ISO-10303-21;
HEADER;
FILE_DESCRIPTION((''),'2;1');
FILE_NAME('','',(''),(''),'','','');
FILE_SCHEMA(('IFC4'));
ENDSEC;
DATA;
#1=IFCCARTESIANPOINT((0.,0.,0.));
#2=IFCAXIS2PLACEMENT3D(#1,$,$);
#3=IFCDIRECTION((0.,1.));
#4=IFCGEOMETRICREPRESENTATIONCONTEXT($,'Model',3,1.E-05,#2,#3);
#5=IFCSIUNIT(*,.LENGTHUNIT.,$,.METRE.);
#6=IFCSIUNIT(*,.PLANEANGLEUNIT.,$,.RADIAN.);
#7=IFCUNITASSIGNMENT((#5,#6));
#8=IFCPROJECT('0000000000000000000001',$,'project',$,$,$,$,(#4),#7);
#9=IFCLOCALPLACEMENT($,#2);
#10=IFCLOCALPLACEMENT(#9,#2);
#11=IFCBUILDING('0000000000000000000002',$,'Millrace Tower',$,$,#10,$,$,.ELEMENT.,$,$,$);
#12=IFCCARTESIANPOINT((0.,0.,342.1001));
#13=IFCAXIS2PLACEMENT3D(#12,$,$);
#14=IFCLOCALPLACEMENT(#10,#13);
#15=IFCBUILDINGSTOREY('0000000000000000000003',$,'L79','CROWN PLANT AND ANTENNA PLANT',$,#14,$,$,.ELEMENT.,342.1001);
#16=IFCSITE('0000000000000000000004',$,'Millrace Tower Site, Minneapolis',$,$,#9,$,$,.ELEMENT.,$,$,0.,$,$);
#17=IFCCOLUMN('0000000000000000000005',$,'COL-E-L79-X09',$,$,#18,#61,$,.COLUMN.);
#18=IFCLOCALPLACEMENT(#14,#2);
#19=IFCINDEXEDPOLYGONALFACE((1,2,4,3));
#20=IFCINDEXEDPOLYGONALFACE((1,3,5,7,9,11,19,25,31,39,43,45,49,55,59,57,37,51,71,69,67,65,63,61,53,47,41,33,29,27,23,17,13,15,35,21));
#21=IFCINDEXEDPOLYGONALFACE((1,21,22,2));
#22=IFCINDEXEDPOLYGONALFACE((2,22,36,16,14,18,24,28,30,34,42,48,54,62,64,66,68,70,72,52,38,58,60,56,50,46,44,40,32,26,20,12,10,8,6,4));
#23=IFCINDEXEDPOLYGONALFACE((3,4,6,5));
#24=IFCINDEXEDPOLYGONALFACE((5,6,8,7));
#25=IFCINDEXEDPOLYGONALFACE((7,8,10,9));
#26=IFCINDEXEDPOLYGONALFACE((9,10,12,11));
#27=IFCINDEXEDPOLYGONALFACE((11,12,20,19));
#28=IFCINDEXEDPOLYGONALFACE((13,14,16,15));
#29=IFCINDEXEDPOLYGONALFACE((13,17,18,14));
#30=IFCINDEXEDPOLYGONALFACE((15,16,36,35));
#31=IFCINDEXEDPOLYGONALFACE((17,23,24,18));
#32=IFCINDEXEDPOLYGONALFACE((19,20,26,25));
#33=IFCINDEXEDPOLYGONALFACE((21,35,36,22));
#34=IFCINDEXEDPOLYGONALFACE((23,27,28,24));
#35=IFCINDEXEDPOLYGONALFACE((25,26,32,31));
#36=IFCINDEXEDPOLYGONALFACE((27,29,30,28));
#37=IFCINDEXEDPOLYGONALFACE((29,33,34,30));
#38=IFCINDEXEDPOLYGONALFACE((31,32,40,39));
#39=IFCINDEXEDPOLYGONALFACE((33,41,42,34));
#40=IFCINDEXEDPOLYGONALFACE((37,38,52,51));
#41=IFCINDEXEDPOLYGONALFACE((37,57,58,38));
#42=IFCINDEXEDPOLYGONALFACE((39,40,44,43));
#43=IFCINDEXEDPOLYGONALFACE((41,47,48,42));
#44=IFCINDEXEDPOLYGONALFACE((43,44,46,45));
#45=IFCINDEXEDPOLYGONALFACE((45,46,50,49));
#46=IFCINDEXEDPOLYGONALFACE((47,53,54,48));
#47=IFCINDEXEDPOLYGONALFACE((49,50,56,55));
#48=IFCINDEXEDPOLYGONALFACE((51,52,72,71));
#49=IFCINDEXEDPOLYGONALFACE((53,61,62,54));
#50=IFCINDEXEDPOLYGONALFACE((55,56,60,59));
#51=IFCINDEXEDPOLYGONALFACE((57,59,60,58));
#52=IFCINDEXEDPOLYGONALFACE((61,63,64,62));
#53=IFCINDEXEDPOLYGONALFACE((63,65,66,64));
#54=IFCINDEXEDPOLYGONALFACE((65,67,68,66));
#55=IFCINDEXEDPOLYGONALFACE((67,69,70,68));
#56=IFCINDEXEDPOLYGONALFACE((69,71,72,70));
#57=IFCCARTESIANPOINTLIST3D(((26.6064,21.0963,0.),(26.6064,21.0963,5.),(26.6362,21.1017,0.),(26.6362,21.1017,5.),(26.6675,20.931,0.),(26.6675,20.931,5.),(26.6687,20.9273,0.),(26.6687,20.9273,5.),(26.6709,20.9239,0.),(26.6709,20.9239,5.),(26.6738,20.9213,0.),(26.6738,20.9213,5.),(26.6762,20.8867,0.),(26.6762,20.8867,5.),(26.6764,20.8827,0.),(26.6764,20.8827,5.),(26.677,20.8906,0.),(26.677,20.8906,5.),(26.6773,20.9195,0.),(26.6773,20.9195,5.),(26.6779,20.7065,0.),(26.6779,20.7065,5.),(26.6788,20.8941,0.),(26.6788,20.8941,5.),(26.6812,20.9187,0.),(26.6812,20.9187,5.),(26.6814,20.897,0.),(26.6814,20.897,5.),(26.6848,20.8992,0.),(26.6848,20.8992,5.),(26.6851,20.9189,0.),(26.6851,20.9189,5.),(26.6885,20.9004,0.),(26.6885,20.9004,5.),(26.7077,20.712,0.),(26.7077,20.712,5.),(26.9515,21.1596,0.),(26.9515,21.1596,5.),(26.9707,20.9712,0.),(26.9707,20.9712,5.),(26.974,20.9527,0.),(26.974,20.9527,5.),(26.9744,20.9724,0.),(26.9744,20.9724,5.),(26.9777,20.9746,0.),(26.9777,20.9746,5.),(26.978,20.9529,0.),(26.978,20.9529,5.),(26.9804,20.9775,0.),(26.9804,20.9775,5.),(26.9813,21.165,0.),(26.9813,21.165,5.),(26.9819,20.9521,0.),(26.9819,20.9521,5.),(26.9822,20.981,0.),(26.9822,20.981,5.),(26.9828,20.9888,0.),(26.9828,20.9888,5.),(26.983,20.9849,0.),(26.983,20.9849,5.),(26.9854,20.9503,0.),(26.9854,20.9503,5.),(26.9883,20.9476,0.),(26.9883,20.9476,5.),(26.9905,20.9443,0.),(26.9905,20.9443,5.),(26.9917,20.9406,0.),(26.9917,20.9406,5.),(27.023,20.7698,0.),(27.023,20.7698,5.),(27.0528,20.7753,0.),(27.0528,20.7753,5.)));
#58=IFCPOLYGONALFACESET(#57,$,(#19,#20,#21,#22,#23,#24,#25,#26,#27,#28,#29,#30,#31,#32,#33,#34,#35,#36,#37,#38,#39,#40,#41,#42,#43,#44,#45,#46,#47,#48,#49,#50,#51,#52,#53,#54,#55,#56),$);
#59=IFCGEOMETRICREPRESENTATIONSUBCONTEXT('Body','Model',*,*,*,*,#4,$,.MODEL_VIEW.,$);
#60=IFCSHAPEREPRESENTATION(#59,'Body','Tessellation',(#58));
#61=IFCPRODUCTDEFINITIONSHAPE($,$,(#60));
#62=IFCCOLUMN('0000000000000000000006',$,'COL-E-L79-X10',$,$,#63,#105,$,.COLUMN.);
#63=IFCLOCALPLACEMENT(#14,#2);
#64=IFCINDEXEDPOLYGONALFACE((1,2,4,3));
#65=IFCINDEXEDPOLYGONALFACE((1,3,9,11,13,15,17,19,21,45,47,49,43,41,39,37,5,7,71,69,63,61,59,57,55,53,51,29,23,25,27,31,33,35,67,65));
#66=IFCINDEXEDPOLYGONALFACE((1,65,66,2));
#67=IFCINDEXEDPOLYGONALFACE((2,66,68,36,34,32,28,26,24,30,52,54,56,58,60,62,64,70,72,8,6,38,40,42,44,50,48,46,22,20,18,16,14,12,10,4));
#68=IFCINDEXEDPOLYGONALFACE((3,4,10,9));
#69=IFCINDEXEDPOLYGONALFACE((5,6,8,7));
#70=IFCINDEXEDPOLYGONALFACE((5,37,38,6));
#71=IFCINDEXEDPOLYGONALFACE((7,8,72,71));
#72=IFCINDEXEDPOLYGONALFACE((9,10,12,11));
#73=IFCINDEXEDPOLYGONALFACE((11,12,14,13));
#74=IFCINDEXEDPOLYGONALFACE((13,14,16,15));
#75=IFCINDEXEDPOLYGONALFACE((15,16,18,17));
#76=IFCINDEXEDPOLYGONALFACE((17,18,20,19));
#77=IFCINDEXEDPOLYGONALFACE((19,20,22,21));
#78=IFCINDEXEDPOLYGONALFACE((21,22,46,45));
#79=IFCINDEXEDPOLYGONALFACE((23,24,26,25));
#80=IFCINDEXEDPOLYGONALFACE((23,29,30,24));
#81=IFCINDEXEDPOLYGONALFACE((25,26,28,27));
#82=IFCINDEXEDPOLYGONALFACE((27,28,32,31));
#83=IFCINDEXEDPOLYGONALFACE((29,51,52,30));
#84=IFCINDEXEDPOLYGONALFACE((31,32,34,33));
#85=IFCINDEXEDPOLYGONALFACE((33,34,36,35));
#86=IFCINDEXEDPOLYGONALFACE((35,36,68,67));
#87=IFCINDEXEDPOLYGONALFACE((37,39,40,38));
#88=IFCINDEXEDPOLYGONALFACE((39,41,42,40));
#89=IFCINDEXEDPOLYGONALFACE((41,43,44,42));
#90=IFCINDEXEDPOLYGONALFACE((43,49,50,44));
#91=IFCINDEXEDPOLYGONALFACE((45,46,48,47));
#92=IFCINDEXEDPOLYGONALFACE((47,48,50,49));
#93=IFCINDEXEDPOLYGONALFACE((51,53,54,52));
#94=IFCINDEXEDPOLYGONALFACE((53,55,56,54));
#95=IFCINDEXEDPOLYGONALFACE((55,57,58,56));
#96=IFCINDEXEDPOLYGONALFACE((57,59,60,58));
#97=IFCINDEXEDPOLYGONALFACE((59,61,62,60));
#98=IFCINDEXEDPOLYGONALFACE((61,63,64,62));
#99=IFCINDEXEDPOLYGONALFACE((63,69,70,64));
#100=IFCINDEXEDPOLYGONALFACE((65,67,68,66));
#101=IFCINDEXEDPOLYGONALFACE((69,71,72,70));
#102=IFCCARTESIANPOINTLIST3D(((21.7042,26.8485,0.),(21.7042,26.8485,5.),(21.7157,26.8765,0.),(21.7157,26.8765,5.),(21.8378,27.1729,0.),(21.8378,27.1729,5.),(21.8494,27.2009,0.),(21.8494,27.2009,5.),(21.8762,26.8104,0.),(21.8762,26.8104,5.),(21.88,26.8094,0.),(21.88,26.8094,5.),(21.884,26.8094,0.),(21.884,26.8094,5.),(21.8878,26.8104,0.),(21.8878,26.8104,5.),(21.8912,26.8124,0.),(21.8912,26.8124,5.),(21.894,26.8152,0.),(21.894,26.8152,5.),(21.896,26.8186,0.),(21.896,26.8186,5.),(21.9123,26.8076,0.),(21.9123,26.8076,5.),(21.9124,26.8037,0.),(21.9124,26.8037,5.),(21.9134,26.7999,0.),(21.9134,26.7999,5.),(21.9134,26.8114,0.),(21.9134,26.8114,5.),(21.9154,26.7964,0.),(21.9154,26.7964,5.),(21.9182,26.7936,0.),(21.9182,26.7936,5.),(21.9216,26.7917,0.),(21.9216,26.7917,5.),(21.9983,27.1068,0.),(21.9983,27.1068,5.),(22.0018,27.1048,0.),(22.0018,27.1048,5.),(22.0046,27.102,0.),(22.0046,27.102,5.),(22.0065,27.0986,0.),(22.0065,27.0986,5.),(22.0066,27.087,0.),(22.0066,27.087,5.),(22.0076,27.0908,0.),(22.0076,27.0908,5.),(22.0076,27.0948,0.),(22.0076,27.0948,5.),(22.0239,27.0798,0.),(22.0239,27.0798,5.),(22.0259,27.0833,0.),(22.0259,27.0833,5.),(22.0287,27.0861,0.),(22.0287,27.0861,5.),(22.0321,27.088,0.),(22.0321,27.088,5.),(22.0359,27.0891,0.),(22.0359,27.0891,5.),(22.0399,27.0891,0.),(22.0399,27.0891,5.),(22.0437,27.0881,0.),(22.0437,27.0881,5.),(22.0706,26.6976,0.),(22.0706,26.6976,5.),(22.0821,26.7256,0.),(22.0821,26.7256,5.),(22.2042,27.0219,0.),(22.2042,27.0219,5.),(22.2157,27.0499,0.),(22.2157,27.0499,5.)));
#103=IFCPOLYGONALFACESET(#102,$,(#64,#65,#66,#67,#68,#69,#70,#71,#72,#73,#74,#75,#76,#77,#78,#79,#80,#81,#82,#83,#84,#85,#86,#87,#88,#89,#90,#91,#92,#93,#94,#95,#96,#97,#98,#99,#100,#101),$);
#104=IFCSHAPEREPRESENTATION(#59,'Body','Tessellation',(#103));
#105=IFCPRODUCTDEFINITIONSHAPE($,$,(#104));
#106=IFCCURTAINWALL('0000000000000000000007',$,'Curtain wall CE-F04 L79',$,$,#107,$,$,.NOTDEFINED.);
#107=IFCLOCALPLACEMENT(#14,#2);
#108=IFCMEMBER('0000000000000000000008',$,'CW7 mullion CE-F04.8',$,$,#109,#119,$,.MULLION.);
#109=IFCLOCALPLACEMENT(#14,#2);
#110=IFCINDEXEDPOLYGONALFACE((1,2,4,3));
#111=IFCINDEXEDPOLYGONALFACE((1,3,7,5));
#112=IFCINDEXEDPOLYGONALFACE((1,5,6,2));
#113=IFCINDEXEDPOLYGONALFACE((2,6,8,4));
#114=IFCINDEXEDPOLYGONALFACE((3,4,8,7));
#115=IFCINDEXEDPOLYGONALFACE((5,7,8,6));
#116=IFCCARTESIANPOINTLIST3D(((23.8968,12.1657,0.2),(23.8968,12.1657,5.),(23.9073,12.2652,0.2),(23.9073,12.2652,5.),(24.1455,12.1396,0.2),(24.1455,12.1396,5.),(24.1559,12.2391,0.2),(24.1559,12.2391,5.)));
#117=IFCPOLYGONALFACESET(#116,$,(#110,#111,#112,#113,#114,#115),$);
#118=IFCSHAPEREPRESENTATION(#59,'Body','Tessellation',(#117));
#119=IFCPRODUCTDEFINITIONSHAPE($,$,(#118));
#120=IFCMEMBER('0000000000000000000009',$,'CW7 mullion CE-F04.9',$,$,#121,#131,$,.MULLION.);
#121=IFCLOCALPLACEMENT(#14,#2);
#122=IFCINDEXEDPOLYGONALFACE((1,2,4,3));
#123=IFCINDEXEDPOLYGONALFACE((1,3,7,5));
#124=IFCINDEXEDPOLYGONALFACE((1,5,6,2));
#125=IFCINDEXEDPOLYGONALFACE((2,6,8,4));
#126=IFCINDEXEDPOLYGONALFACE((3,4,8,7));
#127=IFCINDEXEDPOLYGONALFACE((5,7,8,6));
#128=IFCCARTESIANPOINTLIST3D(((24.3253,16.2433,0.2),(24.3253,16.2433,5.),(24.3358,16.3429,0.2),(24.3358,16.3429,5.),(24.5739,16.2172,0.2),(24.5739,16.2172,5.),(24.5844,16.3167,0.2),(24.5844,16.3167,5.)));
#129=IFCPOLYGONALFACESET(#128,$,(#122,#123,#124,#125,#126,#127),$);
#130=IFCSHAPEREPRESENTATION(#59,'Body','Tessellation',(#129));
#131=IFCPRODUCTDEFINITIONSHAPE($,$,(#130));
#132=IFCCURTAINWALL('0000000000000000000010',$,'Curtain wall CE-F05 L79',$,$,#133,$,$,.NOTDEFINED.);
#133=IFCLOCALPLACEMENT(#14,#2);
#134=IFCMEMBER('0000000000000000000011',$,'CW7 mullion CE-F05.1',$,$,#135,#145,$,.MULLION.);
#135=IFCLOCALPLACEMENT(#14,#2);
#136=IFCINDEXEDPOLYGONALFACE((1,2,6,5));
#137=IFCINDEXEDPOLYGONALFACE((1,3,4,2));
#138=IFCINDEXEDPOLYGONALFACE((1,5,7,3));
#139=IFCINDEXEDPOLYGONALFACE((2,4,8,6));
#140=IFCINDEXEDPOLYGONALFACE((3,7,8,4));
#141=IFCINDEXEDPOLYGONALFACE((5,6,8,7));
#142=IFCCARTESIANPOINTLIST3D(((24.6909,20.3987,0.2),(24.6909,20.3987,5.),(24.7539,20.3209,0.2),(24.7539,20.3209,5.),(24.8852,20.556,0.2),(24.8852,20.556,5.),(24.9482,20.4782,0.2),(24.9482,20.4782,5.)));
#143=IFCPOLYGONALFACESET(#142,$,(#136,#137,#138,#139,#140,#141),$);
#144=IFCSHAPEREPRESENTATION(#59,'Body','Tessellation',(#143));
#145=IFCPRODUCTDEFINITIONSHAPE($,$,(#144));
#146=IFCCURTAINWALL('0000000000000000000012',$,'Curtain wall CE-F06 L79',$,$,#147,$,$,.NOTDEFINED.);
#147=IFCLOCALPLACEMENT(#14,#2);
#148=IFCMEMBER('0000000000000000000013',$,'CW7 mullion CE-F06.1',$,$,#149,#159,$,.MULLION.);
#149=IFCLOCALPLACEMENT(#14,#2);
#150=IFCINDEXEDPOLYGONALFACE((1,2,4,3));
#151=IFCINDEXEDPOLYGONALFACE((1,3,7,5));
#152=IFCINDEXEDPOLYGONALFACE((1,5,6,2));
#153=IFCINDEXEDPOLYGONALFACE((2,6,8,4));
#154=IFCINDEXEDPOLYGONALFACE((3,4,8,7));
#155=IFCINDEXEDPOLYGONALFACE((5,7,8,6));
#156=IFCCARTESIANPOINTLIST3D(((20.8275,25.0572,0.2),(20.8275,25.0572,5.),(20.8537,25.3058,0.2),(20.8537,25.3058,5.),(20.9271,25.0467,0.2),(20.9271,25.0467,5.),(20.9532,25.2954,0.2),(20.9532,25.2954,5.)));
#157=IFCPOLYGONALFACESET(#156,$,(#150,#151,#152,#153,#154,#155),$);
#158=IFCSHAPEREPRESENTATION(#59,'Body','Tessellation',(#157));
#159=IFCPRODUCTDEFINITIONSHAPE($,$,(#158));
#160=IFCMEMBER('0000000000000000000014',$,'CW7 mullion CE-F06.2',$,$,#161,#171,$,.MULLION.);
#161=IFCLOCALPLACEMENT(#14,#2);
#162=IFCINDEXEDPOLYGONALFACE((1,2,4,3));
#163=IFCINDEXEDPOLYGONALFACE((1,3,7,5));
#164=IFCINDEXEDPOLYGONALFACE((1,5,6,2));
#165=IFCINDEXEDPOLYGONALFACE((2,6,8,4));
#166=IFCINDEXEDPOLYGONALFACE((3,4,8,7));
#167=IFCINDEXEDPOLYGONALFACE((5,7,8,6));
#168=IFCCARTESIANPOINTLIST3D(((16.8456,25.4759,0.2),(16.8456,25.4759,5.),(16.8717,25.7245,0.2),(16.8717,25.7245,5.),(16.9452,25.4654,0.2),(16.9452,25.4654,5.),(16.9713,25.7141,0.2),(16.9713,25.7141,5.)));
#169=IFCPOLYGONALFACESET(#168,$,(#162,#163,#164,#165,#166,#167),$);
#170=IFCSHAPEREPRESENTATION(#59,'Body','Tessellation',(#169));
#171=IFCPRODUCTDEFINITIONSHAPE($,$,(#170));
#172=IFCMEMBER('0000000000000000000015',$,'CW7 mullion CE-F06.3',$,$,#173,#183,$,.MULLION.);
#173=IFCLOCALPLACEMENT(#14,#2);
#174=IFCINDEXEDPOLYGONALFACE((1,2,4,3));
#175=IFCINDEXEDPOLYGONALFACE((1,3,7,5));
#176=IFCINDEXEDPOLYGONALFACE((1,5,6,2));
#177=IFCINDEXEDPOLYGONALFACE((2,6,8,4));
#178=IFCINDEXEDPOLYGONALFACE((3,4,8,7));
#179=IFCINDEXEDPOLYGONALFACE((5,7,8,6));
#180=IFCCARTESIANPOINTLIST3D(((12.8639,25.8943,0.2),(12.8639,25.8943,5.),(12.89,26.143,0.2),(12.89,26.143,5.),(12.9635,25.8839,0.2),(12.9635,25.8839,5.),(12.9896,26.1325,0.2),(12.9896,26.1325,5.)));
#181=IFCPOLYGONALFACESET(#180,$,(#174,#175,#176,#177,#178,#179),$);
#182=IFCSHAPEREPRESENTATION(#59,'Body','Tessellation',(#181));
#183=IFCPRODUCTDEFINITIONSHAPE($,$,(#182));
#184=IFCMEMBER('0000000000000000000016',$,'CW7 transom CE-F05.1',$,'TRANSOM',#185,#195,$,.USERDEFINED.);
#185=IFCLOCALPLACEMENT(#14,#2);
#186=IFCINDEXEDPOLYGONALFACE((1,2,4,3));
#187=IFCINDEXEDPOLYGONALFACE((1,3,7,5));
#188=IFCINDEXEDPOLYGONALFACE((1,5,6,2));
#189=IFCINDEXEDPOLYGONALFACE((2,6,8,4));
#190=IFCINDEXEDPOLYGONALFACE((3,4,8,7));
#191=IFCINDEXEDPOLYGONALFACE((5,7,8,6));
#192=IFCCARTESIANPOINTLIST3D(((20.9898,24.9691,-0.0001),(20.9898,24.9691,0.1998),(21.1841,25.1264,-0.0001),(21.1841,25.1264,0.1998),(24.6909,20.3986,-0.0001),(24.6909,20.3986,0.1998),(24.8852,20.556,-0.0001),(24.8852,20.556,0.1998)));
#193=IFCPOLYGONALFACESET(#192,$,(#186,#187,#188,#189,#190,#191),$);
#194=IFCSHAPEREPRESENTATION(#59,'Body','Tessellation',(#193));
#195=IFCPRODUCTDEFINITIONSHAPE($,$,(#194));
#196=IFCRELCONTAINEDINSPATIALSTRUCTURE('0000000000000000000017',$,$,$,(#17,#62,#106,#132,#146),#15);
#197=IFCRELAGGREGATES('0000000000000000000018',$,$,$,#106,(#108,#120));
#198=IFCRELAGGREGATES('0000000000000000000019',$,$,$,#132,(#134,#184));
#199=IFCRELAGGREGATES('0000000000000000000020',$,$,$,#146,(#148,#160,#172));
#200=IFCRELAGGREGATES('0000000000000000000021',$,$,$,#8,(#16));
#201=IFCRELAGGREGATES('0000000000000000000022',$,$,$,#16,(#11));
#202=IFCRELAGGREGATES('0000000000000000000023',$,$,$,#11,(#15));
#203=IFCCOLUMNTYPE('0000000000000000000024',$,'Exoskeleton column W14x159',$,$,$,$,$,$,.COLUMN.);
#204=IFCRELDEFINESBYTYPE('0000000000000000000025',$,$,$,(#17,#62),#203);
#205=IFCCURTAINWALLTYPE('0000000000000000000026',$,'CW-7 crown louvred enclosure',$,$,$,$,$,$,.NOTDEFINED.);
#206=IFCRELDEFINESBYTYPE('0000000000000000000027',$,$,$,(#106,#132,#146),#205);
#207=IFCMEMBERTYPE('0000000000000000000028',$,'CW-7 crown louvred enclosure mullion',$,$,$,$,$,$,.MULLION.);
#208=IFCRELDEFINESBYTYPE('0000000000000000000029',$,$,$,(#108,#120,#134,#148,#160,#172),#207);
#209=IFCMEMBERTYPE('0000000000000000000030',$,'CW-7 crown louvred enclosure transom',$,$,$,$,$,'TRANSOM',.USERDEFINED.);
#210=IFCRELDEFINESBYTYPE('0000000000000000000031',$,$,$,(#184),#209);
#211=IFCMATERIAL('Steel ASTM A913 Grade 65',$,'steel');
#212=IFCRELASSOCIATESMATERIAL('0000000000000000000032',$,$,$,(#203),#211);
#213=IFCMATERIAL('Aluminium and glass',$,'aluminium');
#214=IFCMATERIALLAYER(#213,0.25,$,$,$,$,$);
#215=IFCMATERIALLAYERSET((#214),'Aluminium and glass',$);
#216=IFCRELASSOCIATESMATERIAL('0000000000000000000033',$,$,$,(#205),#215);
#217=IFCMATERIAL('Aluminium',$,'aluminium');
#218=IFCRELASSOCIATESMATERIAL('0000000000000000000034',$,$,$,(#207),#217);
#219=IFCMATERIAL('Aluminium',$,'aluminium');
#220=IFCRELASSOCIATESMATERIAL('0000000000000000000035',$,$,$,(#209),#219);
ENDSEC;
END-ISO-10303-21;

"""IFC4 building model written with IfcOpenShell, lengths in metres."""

from ifc_helpers import new_model, si_unit, direction, frame, origin, origin_2d, place, context, subcontext, project, spatial, rectangle, i_section, extrude, material, layer, layer_set, material_profile, profile_set, type_object, element, aggregate, save


model = new_model("IFC4")

# Units and contexts
model_context = context("Model", 3, precision=1e-05, world=origin(), true_north=direction((0.0, 1.0)))
body_context = subcontext(model_context, "Body", "Model", "MODEL_VIEW")
ifc_project = project(units=[si_unit("LENGTHUNIT", "METRE"), si_unit("PLANEANGLEUNIT", "RADIAN")], contexts=[model_context])

# Site, building, storey
site_placement = place(None, origin())
site = spatial("IfcSite", under=ifc_project, at=site_placement, Name="Millrace Tower Site, Minneapolis", CompositionType="ELEMENT", RefElevation=0.0)
building_placement = place(site_placement, origin())
building = spatial("IfcBuilding", under=site, at=building_placement, Name="Millrace Tower", CompositionType="ELEMENT")
storey_placement = place(building_placement, frame((0.0, 0.0, 342.1001)))
storey = spatial("IfcBuildingStorey", under=building, at=storey_placement, Name="L79", Description="CROWN PLANT AND ANTENNA PLANT", CompositionType="ELEMENT", Elevation=342.1001)

# Columns
ifc_material_1 = material(Name="Steel ASTM A913 Grade 65", Category="steel")
ifc_material_profile_1 = material_profile(ifc_material_1, i_section(OverallWidth=0.3962, OverallDepth=0.3811, WebThickness=0.0188, FlangeThickness=0.0303, FilletRadius=0.0151, at=origin_2d()))
ifc_profile_set_1 = profile_set([ifc_material_profile_1], Name="Steel ASTM A913 Grade 65")
column_type = type_object("IfcColumnType", Name="Exoskeleton column W14x159", PredefinedType="COLUMN", material=ifc_profile_set_1)
for number, where, z_axis, x_axis, name in (
    (1, (26.8296, 20.9358, 0.0), (0.0, 0.0, 1.0), (-0.180387, 0.983596, 0.0), "COL-E-L79-X09"),
    (2, (21.96, 26.9492, 0.0), (0.0, 0.0, 1.0), (-0.924597, 0.380947, 0.0), "COL-E-L79-X10"),
):
    element("IfcColumn", number, at=place(storey_placement, frame(where, z_axis=z_axis, x_axis=x_axis)), inside=storey, type_object=column_type, Name=name, PredefinedType="COLUMN", context=body_context, shape_type="SweptSolid", body=[
        extrude(i_section(OverallWidth=0.3962, OverallDepth=0.3811, WebThickness=0.0188, FlangeThickness=0.0303, FilletRadius=0.0151, at=origin_2d()), origin(), (0.0, 0.0, 1.0), 5.0),
    ])

# Curtain wall, members
ifc_material_2 = material(Name="Aluminium and glass", Category="aluminium")
ifc_layer_1 = layer(ifc_material_2, 0.25)
ifc_layer_set_1 = layer_set([ifc_layer_1], Name="Aluminium and glass")
curtain_wall_type = type_object("IfcCurtainWallType", Name="CW-7 crown louvred enclosure", PredefinedType="NOTDEFINED", material=ifc_layer_set_1)
placement = place(storey_placement, origin())
curtain_wall_1 = element("IfcCurtainWall", 3, at=placement, inside=storey, type_object=curtain_wall_type, Name="Curtain wall CE-F04 L79", PredefinedType="NOTDEFINED")
ifc_material_3 = material(Name="Aluminium", Category="aluminium")
ifc_material_profile_2 = material_profile(ifc_material_3, rectangle(XDim=0.1001, YDim=0.25, at=origin_2d()))
ifc_profile_set_2 = profile_set([ifc_material_profile_2], Name="Aluminium")
member_type_1 = type_object("IfcMemberType", Name="CW-7 crown louvred enclosure mullion", PredefinedType="MULLION", material=ifc_profile_set_2)
member_1_placement = place(storey_placement, frame((24.0264, 12.2024, 0.2), z_axis=(0.0, 0.0, 1.0), x_axis=(0.104528, 0.994522, 0.0)))
member_1 = element("IfcMember", 4, at=member_1_placement, type_object=member_type_1, Name="CW7 mullion CE-F04.8", PredefinedType="MULLION", context=body_context, shape_type="SweptSolid", body=[
    extrude(rectangle(XDim=0.1001, YDim=0.25, at=origin_2d()), origin(), (0.0, 0.0, 1.0), 4.8),
])
member_2_placement = place(storey_placement, frame((24.4548, 16.28, 0.2), z_axis=(0.0, 0.0, 1.0), x_axis=(0.104528, 0.994522, 0.0)))
member_2 = element("IfcMember", 5, at=member_2_placement, type_object=member_type_1, Name="CW7 mullion CE-F04.9", PredefinedType="MULLION", context=body_context, shape_type="SweptSolid", body=[
    extrude(rectangle(XDim=0.1001, YDim=0.25, at=origin_2d()), origin(), (0.0, 0.0, 1.0), 4.8),
])
aggregate(curtain_wall_1, [member_1, member_2])

# Curtain wall, member
curtain_wall_2 = element("IfcCurtainWall", 6, at=placement, inside=storey, type_object=curtain_wall_type, Name="Curtain wall CE-F05 L79", PredefinedType="NOTDEFINED")
member_3_placement = place(storey_placement, frame((24.8196, 20.4385, 0.2), z_axis=(0.0, 0.0, 1.0), x_axis=(-0.62932, 0.777146, 0.0)))
member_3 = element("IfcMember", 7, at=member_3_placement, type_object=member_type_1, Name="CW7 mullion CE-F05.1", PredefinedType="MULLION", context=body_context, shape_type="SweptSolid", body=[
    extrude(rectangle(XDim=0.1001, YDim=0.25, at=origin_2d()), origin(), (0.0, 0.0, 1.0), 4.8),
])

# Curtain wall, members
curtain_wall_3 = element("IfcCurtainWall", 8, at=placement, inside=storey, type_object=curtain_wall_type, Name="Curtain wall CE-F06 L79", PredefinedType="NOTDEFINED")
member_4_placement = place(storey_placement, frame((20.8904, 25.1763, 0.2), z_axis=(0.0, 0.0, 1.0), x_axis=(-0.994522, 0.104528, 0.0)))
member_4 = element("IfcMember", 9, at=member_4_placement, type_object=member_type_1, Name="CW7 mullion CE-F06.1", PredefinedType="MULLION", context=body_context, shape_type="SweptSolid", body=[
    extrude(rectangle(XDim=0.1001, YDim=0.25, at=origin_2d()), origin(), (0.0, 0.0, 1.0), 4.8),
])
member_5_placement = place(storey_placement, frame((16.9084, 25.595, 0.2), z_axis=(0.0, 0.0, 1.0), x_axis=(-0.994522, 0.104528, 0.0)))
member_5 = element("IfcMember", 10, at=member_5_placement, type_object=member_type_1, Name="CW7 mullion CE-F06.2", PredefinedType="MULLION", context=body_context, shape_type="SweptSolid", body=[
    extrude(rectangle(XDim=0.1001, YDim=0.25, at=origin_2d()), origin(), (0.0, 0.0, 1.0), 4.8),
])
member_6_placement = place(storey_placement, frame((12.9268, 26.0134, 0.2), z_axis=(0.0, 0.0, 1.0), x_axis=(-0.994522, 0.104528, 0.0)))
member_6 = element("IfcMember", 11, at=member_6_placement, type_object=member_type_1, Name="CW7 mullion CE-F06.3", PredefinedType="MULLION", context=body_context, shape_type="SweptSolid", body=[
    extrude(rectangle(XDim=0.1001, YDim=0.25, at=origin_2d()), origin(), (0.0, 0.0, 1.0), 4.8),
])

# Member
ifc_material_4 = material(Name="Aluminium", Category="aluminium")
ifc_material_profile_3 = material_profile(ifc_material_4, rectangle(XDim=0.25, YDim=0.2, at=origin_2d()))
ifc_profile_set_3 = profile_set([ifc_material_profile_3], Name="Aluminium")
member_type_2 = type_object("IfcMemberType", Name="CW-7 crown louvred enclosure transom", ElementType="TRANSOM", PredefinedType="USERDEFINED", material=ifc_profile_set_3)
member_7_placement = place(storey_placement, frame((24.7881, 20.4773, 0.0999), z_axis=(-0.629321, 0.777145, 0.0), x_axis=(-0.777145, -0.629321, 0.0)))
member_7 = element("IfcMember", 12, at=member_7_placement, type_object=member_type_2, Name="CW7 transom CE-F05.1", ObjectType="TRANSOM", PredefinedType="USERDEFINED", context=body_context, shape_type="SweptSolid", body=[
    extrude(rectangle(XDim=0.25, YDim=0.2, at=origin_2d()), origin(), (0.0, 0.0, 1.0), 5.8811),
])
aggregate(curtain_wall_2, [member_3, member_7])
aggregate(curtain_wall_3, [member_4, member_5, member_6])

save(model, "model.ifc")
